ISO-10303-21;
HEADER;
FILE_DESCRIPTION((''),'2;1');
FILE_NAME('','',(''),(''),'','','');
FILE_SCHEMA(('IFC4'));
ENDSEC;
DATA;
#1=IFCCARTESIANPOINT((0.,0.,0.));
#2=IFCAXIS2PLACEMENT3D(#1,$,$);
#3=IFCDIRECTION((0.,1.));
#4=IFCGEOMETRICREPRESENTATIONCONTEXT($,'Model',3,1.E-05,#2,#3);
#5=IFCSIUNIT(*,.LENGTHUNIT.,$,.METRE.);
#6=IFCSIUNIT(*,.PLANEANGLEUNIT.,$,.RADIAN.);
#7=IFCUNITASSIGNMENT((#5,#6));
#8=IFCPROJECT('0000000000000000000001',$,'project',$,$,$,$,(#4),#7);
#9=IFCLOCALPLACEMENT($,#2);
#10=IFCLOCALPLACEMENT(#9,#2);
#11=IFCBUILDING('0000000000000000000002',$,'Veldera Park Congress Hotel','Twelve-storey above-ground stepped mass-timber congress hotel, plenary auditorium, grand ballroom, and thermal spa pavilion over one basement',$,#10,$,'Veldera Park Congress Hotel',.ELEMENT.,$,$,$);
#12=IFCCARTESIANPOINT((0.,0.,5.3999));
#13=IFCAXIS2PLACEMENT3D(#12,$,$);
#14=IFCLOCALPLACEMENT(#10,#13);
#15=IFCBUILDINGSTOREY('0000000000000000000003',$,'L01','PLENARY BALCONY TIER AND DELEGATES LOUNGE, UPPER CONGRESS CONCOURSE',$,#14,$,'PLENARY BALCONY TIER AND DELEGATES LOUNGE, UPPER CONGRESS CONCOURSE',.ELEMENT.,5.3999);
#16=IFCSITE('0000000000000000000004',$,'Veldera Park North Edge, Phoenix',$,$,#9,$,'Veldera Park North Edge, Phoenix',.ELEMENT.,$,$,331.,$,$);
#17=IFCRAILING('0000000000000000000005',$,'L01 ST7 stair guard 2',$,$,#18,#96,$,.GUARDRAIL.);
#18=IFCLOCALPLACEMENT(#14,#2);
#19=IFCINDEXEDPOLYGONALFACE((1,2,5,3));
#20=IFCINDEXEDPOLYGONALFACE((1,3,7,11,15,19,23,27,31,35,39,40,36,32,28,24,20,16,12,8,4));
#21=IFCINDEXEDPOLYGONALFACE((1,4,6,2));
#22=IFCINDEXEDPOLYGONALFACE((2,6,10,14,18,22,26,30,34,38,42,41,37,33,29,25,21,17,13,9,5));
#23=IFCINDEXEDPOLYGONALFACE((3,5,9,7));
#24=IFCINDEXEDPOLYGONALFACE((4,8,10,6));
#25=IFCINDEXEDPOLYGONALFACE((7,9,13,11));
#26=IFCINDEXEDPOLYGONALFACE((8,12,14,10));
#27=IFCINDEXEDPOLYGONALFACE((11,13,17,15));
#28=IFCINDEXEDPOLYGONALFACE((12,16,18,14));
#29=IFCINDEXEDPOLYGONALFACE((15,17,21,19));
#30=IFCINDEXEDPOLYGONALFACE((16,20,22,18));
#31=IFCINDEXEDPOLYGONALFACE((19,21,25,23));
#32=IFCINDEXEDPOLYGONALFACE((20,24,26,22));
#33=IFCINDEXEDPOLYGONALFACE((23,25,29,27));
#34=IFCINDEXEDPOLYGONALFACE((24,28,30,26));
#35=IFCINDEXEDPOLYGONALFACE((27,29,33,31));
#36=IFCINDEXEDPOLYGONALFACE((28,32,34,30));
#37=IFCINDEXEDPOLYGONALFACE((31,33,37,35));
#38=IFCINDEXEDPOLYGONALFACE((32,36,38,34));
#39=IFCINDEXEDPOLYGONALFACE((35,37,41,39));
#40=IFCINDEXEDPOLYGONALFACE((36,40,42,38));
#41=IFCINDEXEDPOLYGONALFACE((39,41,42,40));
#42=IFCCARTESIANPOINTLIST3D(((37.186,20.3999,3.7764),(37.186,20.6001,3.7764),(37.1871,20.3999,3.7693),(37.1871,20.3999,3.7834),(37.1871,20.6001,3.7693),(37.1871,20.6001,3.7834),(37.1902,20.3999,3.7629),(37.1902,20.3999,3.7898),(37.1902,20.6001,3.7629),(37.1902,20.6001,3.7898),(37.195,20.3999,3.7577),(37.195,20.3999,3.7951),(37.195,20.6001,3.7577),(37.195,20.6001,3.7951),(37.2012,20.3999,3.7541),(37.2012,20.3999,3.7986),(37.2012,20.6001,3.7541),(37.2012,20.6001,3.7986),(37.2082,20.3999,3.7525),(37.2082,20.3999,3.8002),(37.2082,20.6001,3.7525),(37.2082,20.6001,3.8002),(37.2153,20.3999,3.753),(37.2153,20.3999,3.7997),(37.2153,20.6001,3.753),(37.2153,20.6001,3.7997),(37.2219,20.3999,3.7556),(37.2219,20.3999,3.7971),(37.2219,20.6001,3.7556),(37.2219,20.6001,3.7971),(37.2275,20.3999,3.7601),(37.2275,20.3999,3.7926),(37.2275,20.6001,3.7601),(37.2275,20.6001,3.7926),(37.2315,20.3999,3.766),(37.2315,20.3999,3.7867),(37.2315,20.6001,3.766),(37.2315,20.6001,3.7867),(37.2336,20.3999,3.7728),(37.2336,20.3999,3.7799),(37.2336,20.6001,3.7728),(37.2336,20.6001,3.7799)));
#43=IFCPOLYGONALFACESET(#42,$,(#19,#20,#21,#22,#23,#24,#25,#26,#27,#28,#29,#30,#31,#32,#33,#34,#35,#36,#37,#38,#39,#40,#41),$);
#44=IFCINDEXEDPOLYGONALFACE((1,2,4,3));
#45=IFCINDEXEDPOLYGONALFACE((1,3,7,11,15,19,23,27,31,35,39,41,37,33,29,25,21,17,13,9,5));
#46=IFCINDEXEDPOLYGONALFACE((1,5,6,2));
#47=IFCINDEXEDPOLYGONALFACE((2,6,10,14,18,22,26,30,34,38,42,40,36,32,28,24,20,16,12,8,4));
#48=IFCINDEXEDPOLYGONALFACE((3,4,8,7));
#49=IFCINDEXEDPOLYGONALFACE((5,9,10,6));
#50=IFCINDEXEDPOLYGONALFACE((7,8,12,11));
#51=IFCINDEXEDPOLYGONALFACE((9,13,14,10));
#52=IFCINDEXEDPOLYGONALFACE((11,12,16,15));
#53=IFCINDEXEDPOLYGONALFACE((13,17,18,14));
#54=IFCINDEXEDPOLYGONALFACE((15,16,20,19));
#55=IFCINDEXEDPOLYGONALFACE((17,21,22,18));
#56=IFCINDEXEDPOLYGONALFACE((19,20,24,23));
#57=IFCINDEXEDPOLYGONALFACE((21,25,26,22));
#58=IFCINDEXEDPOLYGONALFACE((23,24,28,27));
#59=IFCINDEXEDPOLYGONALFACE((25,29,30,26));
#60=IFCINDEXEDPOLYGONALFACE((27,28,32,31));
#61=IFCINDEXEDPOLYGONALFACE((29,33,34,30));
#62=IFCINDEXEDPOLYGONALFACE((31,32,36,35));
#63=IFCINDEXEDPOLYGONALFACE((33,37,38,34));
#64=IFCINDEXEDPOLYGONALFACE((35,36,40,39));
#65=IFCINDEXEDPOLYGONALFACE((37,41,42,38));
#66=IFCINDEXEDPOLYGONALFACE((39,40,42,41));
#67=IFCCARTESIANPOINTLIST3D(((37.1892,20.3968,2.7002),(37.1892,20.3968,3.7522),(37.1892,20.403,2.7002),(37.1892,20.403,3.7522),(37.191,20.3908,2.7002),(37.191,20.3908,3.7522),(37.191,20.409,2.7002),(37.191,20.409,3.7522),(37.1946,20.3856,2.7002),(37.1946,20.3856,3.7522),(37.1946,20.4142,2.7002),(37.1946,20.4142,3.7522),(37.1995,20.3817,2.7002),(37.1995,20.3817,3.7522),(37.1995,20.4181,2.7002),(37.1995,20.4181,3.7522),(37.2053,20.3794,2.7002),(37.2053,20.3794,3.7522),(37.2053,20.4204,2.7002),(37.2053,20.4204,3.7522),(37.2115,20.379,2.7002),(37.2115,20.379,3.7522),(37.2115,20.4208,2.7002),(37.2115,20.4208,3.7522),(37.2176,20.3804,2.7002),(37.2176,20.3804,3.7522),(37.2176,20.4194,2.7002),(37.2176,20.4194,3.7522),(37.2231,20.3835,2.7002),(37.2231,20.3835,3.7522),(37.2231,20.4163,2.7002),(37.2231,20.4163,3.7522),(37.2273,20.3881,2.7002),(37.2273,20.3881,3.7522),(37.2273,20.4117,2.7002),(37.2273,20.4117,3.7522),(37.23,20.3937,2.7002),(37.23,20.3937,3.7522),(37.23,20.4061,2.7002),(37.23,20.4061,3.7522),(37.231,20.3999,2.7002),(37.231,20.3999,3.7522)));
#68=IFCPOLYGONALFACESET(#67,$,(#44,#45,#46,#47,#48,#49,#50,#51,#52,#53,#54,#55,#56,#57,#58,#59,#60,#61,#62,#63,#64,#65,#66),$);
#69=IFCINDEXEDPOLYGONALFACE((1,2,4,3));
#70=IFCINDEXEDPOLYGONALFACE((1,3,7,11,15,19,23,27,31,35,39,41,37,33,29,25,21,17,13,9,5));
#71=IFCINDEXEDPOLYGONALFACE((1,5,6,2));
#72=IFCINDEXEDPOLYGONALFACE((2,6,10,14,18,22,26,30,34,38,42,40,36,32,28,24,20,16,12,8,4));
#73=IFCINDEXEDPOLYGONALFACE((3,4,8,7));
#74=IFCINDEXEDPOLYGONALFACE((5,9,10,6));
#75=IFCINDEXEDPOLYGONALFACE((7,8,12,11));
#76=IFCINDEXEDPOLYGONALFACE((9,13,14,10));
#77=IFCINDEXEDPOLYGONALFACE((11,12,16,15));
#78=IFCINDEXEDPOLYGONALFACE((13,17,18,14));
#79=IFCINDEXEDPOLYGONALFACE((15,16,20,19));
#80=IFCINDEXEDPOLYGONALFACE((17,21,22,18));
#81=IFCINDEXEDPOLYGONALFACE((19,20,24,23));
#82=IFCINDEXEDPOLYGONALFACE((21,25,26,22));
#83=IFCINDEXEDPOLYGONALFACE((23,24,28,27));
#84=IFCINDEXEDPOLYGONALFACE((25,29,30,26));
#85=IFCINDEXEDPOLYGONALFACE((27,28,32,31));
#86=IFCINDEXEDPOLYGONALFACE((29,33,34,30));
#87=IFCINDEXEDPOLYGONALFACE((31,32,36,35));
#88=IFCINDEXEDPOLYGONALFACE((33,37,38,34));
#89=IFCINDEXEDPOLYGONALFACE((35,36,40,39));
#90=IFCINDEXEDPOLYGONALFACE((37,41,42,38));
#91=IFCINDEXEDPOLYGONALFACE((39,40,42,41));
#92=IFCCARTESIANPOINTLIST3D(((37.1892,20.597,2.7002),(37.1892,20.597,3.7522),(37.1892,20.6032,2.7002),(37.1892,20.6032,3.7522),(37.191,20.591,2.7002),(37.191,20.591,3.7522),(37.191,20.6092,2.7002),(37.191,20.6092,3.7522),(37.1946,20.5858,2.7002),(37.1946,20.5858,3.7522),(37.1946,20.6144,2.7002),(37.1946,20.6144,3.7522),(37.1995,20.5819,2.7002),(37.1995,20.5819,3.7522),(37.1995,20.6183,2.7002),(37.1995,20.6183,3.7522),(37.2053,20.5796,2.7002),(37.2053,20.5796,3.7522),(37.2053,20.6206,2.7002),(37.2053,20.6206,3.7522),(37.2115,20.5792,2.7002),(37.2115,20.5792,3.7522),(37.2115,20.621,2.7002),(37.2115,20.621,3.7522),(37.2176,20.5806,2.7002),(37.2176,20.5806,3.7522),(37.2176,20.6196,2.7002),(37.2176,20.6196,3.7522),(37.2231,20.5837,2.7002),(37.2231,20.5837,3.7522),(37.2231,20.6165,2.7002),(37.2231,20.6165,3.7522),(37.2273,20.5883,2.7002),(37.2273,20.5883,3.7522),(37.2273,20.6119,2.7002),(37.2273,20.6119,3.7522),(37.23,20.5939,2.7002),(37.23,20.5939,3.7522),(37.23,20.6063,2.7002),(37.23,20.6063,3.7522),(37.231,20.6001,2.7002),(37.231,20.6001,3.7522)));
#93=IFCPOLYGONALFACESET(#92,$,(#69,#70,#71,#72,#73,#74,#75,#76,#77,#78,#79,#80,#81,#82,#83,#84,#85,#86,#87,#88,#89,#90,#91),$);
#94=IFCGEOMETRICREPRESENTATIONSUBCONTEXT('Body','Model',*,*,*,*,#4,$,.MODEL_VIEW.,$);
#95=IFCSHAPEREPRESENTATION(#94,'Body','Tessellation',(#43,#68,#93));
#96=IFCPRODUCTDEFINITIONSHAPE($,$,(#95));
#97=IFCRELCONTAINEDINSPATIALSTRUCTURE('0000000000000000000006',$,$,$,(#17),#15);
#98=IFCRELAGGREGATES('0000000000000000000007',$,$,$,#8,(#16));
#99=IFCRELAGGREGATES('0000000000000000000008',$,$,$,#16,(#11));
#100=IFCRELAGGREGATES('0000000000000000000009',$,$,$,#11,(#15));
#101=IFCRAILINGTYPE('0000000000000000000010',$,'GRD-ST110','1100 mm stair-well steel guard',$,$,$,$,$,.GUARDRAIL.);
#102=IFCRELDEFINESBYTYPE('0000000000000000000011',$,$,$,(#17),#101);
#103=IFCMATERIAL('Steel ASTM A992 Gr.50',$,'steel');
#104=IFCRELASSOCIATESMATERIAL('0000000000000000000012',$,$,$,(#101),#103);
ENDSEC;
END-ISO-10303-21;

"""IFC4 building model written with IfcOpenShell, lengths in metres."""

from ifc_helpers import new_model, si_unit, direction, frame, origin, origin_2d, place, context, subcontext, project, spatial, circle, extrude, material, type_object, element, save


model = new_model("IFC4")

# Units and contexts
model_context = context("Model", 3, precision=1e-05, world=origin(), true_north=direction((0.0, 1.0)))
body_context = subcontext(model_context, "Body", "Model", "MODEL_VIEW")
ifc_project = project(units=[si_unit("LENGTHUNIT", "METRE"), si_unit("PLANEANGLEUNIT", "RADIAN")], contexts=[model_context])

# Site, building, storey
site_placement = place(None, origin())
site = spatial("IfcSite", under=ifc_project, at=site_placement, Name="Veldera Park North Edge, Phoenix", LongName="Veldera Park North Edge, Phoenix", CompositionType="ELEMENT", RefElevation=331.0)
building_placement = place(site_placement, origin())
building = spatial("IfcBuilding", under=site, at=building_placement, Name="Veldera Park Congress Hotel", Description="Twelve-storey above-ground stepped mass-timber congress hotel, plenary auditorium, grand ballroom, and thermal spa pavilion over one basement", LongName="Veldera Park Congress Hotel", CompositionType="ELEMENT")
storey_placement = place(building_placement, frame((0.0, 0.0, 5.3999)))
storey = spatial("IfcBuildingStorey", under=building, at=storey_placement, Name="L01", Description="PLENARY BALCONY TIER AND DELEGATES LOUNGE, UPPER CONGRESS CONCOURSE", LongName="PLENARY BALCONY TIER AND DELEGATES LOUNGE, UPPER CONGRESS CONCOURSE", CompositionType="ELEMENT", Elevation=5.3999)

# Shared definitions
ifc_material_1 = material(Name="Steel ASTM A992 Gr.50", Category="steel")

# Railing
railing_type_1 = type_object("IfcRailingType", Name="GRD-ST110", Description="1100 mm stair-well steel guard", PredefinedType="GUARDRAIL", material=ifc_material_1)
railing_1_placement = place(storey_placement, frame((37.21, 20.3999, 2.7002)))
element("IfcRailing", 1, at=railing_1_placement, inside=storey, type_object=railing_type_1, Name="L01 ST7 stair guard 2", PredefinedType="GUARDRAIL", context=body_context, shape_type="SweptSolid", body=[
    extrude(circle(Radius=0.0239, at=origin_2d()), frame((0.0, 0.0, 1.0762), z_axis=(0.0, 1.0, 0.0), x_axis=(-1.0, 0.0, 0.0)), (0.0, 0.0, 1.0), 0.2002),
    extrude(circle(Radius=0.021, at=origin_2d()), origin(), (0.0, 0.0, 1.0), 1.052),
    extrude(circle(Radius=0.021, at=origin_2d()), frame((0.0, 0.2002, 0.0)), (0.0, 0.0, 1.0), 1.052),
])

save(model, "model.ifc")
